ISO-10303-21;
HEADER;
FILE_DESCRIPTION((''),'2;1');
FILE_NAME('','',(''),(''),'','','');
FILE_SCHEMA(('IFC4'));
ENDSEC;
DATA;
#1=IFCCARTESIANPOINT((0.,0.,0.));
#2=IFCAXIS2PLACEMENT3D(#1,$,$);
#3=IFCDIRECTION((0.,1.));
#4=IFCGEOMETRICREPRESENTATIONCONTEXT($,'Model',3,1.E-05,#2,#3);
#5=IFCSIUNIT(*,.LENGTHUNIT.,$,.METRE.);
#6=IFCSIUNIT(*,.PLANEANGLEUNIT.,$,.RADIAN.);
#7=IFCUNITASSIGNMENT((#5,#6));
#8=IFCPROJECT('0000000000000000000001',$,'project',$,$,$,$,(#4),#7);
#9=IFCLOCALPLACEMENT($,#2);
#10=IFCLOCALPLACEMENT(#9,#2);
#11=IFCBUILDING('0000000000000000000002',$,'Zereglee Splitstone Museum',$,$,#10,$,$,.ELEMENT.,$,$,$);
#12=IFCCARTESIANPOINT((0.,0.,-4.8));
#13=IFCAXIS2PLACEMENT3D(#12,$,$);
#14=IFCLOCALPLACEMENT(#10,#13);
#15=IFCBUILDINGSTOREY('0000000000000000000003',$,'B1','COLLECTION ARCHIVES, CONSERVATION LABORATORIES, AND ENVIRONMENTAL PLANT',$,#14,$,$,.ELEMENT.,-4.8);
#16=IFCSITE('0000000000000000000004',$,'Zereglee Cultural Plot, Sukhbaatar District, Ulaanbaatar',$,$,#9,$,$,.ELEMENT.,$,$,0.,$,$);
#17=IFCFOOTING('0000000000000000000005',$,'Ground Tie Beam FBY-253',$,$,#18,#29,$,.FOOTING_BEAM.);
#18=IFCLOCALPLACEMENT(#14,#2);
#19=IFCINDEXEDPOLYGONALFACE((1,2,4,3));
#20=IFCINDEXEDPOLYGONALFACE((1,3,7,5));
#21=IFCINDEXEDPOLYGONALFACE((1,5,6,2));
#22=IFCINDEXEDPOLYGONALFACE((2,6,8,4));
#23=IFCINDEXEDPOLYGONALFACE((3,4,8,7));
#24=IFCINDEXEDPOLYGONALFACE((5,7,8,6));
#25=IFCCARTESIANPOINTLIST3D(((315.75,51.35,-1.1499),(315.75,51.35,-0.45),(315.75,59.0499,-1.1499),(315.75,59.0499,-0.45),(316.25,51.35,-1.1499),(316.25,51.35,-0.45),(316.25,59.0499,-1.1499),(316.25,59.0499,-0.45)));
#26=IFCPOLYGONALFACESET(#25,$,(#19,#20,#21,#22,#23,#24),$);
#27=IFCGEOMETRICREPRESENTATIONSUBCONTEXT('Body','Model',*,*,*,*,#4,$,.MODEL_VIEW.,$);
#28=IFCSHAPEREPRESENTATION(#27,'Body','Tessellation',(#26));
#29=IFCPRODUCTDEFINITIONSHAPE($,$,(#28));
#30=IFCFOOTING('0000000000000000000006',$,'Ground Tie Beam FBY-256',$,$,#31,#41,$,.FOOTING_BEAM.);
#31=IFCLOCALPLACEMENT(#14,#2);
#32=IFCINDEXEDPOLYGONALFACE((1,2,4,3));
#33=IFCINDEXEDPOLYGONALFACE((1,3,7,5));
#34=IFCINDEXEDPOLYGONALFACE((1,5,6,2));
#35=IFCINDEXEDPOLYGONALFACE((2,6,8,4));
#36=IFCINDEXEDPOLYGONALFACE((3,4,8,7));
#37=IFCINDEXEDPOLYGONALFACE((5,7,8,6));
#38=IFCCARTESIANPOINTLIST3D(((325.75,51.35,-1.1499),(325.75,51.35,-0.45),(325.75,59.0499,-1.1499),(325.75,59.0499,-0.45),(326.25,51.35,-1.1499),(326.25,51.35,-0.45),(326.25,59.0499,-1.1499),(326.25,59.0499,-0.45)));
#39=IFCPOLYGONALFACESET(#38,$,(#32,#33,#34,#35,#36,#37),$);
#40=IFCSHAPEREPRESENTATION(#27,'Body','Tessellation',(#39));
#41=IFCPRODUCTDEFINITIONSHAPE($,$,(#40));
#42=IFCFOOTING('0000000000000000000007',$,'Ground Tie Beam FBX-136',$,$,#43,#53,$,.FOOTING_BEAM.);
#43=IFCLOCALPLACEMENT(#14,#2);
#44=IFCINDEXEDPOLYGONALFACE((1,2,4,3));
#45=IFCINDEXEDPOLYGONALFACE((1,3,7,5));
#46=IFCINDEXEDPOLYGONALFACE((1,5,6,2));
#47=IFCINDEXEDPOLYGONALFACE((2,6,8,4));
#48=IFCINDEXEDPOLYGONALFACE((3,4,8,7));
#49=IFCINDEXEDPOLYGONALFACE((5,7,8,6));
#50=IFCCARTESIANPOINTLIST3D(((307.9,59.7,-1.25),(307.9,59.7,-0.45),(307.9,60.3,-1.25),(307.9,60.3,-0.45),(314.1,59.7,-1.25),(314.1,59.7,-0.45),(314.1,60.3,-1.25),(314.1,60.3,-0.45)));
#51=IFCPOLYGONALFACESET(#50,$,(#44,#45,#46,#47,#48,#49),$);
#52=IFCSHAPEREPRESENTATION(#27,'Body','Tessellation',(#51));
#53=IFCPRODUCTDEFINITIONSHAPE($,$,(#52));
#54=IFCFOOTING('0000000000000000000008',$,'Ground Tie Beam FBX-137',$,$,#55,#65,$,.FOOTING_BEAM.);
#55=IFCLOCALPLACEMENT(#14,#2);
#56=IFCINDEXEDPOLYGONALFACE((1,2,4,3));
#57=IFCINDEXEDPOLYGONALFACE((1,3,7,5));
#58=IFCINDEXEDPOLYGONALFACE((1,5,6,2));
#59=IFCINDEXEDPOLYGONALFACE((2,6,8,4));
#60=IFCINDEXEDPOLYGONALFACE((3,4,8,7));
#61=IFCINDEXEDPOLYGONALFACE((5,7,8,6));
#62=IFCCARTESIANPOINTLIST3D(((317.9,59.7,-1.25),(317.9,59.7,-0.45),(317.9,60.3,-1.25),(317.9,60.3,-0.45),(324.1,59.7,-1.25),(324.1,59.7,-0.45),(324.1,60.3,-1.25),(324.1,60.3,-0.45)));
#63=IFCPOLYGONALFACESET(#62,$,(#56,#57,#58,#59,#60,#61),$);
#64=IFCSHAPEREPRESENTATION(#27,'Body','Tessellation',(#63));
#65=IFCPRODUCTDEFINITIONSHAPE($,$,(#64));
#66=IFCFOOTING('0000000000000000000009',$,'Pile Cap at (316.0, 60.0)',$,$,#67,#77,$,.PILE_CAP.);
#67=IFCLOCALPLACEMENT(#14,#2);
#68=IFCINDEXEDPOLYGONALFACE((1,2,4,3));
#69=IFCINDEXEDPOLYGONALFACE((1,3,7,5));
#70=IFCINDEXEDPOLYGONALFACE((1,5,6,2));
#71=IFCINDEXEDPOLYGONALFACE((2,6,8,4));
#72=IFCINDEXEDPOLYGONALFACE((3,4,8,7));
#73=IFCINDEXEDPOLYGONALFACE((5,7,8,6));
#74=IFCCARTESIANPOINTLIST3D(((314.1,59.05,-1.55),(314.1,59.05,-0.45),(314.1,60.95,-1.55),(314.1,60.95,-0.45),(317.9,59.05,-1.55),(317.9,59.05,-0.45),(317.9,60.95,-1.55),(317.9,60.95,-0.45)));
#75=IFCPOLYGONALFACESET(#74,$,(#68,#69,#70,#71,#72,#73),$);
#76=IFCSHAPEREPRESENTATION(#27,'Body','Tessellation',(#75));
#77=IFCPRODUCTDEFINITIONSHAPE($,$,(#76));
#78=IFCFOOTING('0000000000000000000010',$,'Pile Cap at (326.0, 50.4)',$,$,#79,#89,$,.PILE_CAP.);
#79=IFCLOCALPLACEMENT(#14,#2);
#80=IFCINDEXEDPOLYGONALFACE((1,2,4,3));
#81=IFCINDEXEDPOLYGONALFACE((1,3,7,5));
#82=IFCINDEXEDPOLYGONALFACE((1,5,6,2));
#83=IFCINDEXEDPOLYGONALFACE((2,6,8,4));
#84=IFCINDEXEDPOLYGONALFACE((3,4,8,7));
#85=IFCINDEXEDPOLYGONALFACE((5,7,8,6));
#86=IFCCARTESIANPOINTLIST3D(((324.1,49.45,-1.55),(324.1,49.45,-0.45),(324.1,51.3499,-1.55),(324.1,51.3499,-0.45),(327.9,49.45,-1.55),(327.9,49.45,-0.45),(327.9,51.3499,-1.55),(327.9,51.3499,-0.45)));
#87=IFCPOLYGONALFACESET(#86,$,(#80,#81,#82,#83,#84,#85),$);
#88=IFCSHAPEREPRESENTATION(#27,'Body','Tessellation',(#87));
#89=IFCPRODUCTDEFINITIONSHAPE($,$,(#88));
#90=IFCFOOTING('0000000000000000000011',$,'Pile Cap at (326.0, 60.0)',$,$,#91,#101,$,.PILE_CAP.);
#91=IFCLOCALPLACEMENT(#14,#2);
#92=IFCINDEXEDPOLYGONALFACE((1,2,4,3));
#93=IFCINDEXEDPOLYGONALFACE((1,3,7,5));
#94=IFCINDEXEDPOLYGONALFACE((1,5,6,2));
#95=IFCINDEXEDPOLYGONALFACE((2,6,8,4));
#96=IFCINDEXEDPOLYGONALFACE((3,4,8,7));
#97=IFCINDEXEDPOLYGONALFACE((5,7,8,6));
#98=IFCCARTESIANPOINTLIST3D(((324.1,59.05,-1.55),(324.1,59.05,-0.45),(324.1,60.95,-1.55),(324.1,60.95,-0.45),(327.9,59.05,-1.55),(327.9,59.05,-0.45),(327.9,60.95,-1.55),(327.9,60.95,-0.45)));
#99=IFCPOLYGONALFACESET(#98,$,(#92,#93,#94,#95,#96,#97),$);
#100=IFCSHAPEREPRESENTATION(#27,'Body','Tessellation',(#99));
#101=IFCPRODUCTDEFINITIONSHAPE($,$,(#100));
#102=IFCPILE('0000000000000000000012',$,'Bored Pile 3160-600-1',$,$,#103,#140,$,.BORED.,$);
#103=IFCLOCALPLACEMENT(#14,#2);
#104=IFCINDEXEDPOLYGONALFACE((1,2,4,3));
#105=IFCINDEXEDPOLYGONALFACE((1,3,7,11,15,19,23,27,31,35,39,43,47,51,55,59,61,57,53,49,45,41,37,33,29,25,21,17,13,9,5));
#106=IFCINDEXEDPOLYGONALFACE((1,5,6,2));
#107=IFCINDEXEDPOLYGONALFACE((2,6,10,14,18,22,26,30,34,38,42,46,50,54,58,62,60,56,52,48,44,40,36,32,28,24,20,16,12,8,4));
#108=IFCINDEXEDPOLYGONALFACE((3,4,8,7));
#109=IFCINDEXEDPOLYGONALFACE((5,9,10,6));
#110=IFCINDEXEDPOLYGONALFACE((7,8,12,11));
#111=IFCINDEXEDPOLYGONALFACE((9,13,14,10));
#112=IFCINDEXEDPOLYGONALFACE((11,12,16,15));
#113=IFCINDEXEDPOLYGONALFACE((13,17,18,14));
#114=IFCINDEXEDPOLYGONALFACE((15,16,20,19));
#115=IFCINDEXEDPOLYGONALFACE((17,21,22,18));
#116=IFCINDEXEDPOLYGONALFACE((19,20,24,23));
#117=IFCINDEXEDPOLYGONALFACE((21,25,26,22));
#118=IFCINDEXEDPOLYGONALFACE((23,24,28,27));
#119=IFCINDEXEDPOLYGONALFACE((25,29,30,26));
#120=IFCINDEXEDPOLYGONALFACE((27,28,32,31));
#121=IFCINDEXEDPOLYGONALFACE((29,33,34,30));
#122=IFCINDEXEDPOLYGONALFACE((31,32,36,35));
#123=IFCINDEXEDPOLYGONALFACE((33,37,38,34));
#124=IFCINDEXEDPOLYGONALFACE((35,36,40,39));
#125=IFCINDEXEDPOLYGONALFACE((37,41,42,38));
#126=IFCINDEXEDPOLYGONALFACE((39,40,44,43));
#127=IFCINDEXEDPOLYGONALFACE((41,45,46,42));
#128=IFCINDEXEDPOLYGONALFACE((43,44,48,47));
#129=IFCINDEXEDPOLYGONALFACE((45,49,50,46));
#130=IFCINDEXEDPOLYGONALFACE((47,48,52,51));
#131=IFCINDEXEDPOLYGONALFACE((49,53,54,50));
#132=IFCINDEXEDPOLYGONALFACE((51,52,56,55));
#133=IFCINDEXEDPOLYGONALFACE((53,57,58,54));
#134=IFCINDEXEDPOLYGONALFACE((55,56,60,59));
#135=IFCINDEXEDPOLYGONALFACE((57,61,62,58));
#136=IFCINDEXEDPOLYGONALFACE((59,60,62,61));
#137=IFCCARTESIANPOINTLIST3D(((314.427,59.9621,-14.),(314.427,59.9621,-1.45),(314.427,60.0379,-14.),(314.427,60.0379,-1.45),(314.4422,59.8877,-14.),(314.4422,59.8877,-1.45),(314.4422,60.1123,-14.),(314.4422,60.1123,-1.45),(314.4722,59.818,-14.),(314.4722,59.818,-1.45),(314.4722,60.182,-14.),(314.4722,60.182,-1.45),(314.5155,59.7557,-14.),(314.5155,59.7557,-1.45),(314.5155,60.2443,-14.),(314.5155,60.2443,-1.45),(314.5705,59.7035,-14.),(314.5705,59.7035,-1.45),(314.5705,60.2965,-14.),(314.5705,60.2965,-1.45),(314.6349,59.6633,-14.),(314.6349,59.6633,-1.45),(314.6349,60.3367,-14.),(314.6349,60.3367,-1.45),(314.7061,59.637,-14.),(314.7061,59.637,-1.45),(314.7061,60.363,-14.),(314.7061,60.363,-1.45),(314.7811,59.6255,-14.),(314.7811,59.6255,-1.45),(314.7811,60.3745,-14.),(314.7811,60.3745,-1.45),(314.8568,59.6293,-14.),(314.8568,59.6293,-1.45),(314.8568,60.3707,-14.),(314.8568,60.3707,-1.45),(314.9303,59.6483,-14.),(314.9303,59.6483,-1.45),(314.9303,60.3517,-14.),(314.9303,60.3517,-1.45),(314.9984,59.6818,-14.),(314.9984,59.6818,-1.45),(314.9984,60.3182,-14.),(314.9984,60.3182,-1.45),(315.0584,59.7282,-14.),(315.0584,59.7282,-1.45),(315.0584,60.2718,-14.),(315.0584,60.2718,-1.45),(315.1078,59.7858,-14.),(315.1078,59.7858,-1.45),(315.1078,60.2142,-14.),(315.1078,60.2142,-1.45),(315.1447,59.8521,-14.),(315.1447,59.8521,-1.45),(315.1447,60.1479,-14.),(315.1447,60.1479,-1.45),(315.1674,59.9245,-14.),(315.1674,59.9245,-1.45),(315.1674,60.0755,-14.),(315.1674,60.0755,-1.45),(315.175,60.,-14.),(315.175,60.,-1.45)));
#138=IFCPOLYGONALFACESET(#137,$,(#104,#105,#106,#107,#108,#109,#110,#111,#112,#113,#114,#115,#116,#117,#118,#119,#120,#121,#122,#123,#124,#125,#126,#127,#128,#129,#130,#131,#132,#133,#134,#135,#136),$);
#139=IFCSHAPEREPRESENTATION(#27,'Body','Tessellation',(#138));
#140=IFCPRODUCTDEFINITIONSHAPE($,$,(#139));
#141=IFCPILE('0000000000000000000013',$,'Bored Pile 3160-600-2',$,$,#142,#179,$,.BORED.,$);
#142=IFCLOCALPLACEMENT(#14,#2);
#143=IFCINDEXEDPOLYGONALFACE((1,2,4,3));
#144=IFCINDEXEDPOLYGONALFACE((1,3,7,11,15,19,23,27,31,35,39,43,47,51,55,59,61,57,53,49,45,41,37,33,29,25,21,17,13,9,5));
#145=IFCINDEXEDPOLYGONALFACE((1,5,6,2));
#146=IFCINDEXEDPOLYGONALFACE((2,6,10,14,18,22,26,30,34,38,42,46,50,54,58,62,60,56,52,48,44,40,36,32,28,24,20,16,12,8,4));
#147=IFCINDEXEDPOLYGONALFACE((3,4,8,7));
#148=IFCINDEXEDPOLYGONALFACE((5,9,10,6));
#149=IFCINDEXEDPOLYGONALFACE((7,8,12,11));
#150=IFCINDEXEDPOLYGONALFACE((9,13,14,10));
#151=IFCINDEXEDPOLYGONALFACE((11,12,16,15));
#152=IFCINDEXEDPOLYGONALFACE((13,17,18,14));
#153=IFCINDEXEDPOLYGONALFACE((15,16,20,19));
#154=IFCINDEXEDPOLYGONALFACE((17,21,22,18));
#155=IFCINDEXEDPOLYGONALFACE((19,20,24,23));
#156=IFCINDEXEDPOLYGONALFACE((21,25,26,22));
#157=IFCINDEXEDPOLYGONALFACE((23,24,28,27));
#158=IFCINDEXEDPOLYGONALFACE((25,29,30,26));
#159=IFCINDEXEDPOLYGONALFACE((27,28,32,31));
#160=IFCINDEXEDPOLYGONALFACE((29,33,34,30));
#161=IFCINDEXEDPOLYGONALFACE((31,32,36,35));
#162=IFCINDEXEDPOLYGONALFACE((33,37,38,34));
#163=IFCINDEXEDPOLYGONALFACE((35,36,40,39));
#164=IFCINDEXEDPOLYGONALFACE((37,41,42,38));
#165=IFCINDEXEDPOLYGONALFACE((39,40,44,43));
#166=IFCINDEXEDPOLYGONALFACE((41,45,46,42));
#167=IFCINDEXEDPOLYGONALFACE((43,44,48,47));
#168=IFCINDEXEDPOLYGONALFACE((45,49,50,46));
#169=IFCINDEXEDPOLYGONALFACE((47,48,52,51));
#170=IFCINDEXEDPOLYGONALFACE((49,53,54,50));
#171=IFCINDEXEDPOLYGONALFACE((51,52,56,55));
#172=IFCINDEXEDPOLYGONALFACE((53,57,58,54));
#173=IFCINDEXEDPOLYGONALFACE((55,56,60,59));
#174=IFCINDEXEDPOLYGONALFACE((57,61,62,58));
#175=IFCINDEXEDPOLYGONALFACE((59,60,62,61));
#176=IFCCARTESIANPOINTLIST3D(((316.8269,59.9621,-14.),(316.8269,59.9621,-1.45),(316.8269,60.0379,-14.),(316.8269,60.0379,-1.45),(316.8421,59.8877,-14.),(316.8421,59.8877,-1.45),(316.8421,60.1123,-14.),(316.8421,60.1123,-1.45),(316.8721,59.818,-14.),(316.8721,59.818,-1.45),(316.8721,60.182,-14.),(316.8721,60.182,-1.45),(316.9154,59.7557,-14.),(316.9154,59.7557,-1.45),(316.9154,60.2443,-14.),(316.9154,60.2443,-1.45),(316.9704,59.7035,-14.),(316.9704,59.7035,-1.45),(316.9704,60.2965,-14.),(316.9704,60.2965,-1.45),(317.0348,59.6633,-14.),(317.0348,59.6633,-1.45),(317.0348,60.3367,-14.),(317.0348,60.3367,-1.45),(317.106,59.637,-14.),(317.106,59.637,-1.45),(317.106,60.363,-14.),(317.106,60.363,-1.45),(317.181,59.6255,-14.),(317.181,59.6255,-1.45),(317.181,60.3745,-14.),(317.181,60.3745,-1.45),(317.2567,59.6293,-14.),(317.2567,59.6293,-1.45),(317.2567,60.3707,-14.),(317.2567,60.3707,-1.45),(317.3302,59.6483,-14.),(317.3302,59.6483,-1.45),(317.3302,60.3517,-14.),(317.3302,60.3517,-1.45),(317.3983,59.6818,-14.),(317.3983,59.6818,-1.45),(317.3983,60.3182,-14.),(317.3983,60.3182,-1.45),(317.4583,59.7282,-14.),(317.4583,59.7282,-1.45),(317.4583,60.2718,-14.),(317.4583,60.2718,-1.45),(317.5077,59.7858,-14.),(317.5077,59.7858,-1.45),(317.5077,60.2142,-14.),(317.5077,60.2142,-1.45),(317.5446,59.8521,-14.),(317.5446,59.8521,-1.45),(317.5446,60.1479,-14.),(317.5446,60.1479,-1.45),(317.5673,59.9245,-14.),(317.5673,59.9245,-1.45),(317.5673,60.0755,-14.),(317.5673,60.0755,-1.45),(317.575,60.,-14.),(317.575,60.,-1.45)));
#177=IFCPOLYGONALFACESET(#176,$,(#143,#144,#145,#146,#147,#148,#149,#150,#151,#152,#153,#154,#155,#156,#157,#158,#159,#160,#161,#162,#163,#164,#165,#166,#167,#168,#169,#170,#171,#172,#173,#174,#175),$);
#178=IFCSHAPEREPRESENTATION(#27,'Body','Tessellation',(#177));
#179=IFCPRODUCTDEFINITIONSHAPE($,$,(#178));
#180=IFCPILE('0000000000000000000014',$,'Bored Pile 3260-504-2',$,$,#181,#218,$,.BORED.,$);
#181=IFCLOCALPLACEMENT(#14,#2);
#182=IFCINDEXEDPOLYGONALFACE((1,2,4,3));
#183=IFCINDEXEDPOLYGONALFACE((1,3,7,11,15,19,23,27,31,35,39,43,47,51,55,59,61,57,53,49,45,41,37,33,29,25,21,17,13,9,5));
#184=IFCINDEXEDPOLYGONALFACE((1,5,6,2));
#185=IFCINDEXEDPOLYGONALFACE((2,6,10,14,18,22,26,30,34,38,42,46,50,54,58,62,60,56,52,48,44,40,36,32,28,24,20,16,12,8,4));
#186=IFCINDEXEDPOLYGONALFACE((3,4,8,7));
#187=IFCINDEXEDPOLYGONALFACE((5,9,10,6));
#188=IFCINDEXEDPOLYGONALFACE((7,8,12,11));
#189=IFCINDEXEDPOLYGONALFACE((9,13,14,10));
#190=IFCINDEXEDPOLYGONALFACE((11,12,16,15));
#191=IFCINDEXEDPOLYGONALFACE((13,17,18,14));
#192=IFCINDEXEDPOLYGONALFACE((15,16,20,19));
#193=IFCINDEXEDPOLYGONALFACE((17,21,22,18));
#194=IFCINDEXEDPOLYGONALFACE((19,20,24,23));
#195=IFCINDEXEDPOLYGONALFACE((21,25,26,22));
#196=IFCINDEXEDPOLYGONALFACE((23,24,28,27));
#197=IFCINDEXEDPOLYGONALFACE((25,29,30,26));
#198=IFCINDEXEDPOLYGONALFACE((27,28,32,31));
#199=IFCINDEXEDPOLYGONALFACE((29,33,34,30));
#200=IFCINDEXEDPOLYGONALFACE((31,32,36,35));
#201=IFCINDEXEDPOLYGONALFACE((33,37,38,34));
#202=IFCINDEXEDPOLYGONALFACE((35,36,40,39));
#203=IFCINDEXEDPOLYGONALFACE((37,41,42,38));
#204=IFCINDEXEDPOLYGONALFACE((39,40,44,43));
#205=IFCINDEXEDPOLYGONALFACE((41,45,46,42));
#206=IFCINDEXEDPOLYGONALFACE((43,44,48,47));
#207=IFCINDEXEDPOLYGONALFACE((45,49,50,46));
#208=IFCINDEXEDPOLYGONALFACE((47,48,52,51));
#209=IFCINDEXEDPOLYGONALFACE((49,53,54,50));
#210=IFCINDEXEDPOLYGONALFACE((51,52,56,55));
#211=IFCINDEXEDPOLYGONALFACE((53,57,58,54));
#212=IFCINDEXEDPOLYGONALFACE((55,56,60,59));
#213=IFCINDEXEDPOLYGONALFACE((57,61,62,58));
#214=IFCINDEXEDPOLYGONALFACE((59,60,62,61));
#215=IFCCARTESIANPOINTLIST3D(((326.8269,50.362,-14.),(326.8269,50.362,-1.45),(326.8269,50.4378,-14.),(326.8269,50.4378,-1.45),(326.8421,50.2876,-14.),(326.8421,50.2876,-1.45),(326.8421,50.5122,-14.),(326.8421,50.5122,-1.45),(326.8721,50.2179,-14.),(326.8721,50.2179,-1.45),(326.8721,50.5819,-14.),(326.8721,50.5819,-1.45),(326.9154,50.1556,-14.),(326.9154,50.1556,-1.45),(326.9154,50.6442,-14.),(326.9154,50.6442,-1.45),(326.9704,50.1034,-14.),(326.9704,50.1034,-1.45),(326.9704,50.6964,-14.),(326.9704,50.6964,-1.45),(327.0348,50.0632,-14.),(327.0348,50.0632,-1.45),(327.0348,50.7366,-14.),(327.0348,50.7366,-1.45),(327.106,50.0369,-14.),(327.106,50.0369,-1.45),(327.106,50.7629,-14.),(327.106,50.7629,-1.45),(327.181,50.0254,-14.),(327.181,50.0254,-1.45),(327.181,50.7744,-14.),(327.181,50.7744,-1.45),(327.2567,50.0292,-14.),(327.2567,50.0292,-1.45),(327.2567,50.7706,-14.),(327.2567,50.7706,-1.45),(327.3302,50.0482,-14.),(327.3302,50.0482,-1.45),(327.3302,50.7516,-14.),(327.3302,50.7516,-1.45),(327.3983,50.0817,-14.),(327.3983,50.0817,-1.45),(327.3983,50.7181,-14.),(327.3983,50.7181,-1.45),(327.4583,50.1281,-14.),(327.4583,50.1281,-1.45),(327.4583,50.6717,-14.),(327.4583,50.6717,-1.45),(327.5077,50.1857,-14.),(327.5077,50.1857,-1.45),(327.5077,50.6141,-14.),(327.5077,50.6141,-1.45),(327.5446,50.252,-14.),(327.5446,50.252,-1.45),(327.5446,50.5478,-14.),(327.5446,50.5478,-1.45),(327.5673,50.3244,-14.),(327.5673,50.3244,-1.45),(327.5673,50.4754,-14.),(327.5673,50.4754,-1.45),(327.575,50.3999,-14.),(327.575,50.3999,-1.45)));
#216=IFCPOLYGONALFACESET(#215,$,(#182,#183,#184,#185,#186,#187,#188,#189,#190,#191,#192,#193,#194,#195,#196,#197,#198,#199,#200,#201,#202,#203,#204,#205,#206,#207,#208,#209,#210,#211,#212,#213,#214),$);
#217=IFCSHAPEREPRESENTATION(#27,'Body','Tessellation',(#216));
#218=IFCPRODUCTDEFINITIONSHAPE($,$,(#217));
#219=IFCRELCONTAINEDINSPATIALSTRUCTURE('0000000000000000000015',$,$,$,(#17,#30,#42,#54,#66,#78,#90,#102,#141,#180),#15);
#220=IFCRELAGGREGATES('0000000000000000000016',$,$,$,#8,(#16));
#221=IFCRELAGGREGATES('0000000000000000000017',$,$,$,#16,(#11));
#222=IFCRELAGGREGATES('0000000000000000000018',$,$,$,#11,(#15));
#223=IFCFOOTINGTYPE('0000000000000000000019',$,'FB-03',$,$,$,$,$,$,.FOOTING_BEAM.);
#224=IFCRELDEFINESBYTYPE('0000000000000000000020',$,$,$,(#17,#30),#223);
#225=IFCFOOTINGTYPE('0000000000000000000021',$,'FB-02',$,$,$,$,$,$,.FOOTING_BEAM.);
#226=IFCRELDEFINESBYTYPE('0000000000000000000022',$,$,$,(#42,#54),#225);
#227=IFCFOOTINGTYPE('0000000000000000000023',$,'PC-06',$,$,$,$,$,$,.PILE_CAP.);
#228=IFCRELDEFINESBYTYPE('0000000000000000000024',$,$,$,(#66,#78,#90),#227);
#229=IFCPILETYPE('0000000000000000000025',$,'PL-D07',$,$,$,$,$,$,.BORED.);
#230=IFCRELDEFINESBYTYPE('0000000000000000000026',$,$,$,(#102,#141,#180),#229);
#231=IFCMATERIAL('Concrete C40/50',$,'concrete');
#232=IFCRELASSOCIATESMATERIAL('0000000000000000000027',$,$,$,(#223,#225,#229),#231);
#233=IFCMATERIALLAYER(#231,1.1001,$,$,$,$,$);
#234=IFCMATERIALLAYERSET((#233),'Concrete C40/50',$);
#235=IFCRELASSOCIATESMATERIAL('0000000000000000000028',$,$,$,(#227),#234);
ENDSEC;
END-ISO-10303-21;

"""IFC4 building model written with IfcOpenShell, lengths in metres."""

from ifc_helpers import new_model, si_unit, direction, frame, origin, origin_2d, place, context, subcontext, project, spatial, rectangle, circle, extrude, material, layer, layer_set, material_profile, profile_set, type_object, element, save


model = new_model("IFC4")

# Units and contexts
model_context = context("Model", 3, precision=1e-05, world=origin(), true_north=direction((0.0, 1.0)))
body_context = subcontext(model_context, "Body", "Model", "MODEL_VIEW")
ifc_project = project(units=[si_unit("LENGTHUNIT", "METRE"), si_unit("PLANEANGLEUNIT", "RADIAN")], contexts=[model_context])

# Site, building, storey
site_placement = place(None, origin())
site = spatial("IfcSite", under=ifc_project, at=site_placement, Name="Zereglee Cultural Plot, Sukhbaatar District, Ulaanbaatar", CompositionType="ELEMENT", RefElevation=0.0)
building_placement = place(site_placement, origin())
building = spatial("IfcBuilding", under=site, at=building_placement, Name="Zereglee Splitstone Museum", CompositionType="ELEMENT")
storey_placement = place(building_placement, frame((0.0, 0.0, -4.8)))
storey = spatial("IfcBuildingStorey", under=building, at=storey_placement, Name="B1", Description="COLLECTION ARCHIVES, CONSERVATION LABORATORIES, AND ENVIRONMENTAL PLANT", CompositionType="ELEMENT", Elevation=-4.8)

# Footings
ifc_material_1 = material(Name="Concrete C40/50", Category="concrete")
footing_type_1 = type_object("IfcFootingType", Name="FB-03", PredefinedType="FOOTING_BEAM", material=ifc_material_1)
for number, where, z_axis, x_axis, name in (
    (1, (316.0, 55.2, -1.1499), (0.0, 0.0, 1.0), (0.0, 1.0, 0.0), "Ground Tie Beam FBY-253"),
    (2, (326.0, 55.2, -1.1499), (0.0, 0.0, 1.0), (0.0, 1.0, 0.0), "Ground Tie Beam FBY-256"),
):
    element("IfcFooting", number, at=place(storey_placement, frame(where, z_axis=z_axis, x_axis=x_axis)), inside=storey, type_object=footing_type_1, Name=name, PredefinedType="FOOTING_BEAM", context=body_context, shape_type="SweptSolid", body=[
        extrude(rectangle(XDim=7.7, YDim=0.5, at=origin_2d()), origin(), (0.0, 0.0, 1.0), 0.7),
    ])
footing_type_2 = type_object("IfcFootingType", Name="FB-02", PredefinedType="FOOTING_BEAM", material=ifc_material_1)
for number, where, z_axis, x_axis, name in (
    (3, (311.0, 60.0, -1.25), (0.0, 0.0, 1.0), (1.0, 0.0, 0.0), "Ground Tie Beam FBX-136"),
    (4, (321.0, 60.0, -1.25), (0.0, 0.0, 1.0), (1.0, 0.0, 0.0), "Ground Tie Beam FBX-137"),
):
    element("IfcFooting", number, at=place(storey_placement, frame(where, z_axis=z_axis, x_axis=x_axis)), inside=storey, type_object=footing_type_2, Name=name, PredefinedType="FOOTING_BEAM", context=body_context, shape_type="SweptSolid", body=[
        extrude(rectangle(XDim=6.2, YDim=0.6001, at=origin_2d()), origin(), (0.0, 0.0, 1.0), 0.8),
    ])
ifc_layer_1 = layer(ifc_material_1, 1.1001)
ifc_layer_set_1 = layer_set([ifc_layer_1], Name="Concrete C40/50")
footing_type_3 = type_object("IfcFootingType", Name="PC-06", PredefinedType="PILE_CAP", material=ifc_layer_set_1)
for number, where, z_axis, x_axis, name in (
    (5, (316.0, 60.0, -1.55), (0.0, 0.0, 1.0), (1.0, 0.0, 0.0), "Pile Cap at (316.0, 60.0)"),
    (6, (326.0, 50.3999, -1.55), (0.0, 0.0, 1.0), (1.0, 0.0, 0.0), "Pile Cap at (326.0, 50.4)"),
    (7, (326.0, 60.0, -1.55), (0.0, 0.0, 1.0), (1.0, 0.0, 0.0), "Pile Cap at (326.0, 60.0)"),
):
    element("IfcFooting", number, at=place(storey_placement, frame(where, z_axis=z_axis, x_axis=x_axis)), inside=storey, type_object=footing_type_3, Name=name, PredefinedType="PILE_CAP", context=body_context, shape_type="SweptSolid", body=[
        extrude(rectangle(XDim=3.8, YDim=1.8999, at=origin_2d()), origin(), (0.0, 0.0, 1.0), 1.1001),
    ])

# Piles
ifc_material_profile_1 = material_profile(ifc_material_1, circle(Radius=0.375, at=origin_2d()), Name="PILE D750")
ifc_profile_set_1 = profile_set([ifc_material_profile_1], Name="Concrete C40/50")
pile_type = type_object("IfcPileType", Name="PL-D07", PredefinedType="BORED", material=ifc_profile_set_1)
for number, where, z_axis, x_axis, name in (
    (8, (314.8, 60.0, -1.45), (0.0, 0.0, -1.0), (1.0, 0.0, 0.0), "Bored Pile 3160-600-1"),
    (9, (317.2, 60.0, -1.45), (0.0, 0.0, -1.0), (1.0, 0.0, 0.0), "Bored Pile 3160-600-2"),
    (10, (327.2, 50.3999, -1.45), (0.0, 0.0, -1.0), (1.0, 0.0, 0.0), "Bored Pile 3260-504-2"),
):
    element("IfcPile", number, at=place(storey_placement, frame(where, z_axis=z_axis, x_axis=x_axis)), inside=storey, type_object=pile_type, Name=name, PredefinedType="BORED", context=body_context, shape_type="SweptSolid", body=[
        extrude(circle(Radius=0.375, at=origin_2d()), origin(), (0.0, 0.0, 1.0), 12.55),
    ])

save(model, "model.ifc")
